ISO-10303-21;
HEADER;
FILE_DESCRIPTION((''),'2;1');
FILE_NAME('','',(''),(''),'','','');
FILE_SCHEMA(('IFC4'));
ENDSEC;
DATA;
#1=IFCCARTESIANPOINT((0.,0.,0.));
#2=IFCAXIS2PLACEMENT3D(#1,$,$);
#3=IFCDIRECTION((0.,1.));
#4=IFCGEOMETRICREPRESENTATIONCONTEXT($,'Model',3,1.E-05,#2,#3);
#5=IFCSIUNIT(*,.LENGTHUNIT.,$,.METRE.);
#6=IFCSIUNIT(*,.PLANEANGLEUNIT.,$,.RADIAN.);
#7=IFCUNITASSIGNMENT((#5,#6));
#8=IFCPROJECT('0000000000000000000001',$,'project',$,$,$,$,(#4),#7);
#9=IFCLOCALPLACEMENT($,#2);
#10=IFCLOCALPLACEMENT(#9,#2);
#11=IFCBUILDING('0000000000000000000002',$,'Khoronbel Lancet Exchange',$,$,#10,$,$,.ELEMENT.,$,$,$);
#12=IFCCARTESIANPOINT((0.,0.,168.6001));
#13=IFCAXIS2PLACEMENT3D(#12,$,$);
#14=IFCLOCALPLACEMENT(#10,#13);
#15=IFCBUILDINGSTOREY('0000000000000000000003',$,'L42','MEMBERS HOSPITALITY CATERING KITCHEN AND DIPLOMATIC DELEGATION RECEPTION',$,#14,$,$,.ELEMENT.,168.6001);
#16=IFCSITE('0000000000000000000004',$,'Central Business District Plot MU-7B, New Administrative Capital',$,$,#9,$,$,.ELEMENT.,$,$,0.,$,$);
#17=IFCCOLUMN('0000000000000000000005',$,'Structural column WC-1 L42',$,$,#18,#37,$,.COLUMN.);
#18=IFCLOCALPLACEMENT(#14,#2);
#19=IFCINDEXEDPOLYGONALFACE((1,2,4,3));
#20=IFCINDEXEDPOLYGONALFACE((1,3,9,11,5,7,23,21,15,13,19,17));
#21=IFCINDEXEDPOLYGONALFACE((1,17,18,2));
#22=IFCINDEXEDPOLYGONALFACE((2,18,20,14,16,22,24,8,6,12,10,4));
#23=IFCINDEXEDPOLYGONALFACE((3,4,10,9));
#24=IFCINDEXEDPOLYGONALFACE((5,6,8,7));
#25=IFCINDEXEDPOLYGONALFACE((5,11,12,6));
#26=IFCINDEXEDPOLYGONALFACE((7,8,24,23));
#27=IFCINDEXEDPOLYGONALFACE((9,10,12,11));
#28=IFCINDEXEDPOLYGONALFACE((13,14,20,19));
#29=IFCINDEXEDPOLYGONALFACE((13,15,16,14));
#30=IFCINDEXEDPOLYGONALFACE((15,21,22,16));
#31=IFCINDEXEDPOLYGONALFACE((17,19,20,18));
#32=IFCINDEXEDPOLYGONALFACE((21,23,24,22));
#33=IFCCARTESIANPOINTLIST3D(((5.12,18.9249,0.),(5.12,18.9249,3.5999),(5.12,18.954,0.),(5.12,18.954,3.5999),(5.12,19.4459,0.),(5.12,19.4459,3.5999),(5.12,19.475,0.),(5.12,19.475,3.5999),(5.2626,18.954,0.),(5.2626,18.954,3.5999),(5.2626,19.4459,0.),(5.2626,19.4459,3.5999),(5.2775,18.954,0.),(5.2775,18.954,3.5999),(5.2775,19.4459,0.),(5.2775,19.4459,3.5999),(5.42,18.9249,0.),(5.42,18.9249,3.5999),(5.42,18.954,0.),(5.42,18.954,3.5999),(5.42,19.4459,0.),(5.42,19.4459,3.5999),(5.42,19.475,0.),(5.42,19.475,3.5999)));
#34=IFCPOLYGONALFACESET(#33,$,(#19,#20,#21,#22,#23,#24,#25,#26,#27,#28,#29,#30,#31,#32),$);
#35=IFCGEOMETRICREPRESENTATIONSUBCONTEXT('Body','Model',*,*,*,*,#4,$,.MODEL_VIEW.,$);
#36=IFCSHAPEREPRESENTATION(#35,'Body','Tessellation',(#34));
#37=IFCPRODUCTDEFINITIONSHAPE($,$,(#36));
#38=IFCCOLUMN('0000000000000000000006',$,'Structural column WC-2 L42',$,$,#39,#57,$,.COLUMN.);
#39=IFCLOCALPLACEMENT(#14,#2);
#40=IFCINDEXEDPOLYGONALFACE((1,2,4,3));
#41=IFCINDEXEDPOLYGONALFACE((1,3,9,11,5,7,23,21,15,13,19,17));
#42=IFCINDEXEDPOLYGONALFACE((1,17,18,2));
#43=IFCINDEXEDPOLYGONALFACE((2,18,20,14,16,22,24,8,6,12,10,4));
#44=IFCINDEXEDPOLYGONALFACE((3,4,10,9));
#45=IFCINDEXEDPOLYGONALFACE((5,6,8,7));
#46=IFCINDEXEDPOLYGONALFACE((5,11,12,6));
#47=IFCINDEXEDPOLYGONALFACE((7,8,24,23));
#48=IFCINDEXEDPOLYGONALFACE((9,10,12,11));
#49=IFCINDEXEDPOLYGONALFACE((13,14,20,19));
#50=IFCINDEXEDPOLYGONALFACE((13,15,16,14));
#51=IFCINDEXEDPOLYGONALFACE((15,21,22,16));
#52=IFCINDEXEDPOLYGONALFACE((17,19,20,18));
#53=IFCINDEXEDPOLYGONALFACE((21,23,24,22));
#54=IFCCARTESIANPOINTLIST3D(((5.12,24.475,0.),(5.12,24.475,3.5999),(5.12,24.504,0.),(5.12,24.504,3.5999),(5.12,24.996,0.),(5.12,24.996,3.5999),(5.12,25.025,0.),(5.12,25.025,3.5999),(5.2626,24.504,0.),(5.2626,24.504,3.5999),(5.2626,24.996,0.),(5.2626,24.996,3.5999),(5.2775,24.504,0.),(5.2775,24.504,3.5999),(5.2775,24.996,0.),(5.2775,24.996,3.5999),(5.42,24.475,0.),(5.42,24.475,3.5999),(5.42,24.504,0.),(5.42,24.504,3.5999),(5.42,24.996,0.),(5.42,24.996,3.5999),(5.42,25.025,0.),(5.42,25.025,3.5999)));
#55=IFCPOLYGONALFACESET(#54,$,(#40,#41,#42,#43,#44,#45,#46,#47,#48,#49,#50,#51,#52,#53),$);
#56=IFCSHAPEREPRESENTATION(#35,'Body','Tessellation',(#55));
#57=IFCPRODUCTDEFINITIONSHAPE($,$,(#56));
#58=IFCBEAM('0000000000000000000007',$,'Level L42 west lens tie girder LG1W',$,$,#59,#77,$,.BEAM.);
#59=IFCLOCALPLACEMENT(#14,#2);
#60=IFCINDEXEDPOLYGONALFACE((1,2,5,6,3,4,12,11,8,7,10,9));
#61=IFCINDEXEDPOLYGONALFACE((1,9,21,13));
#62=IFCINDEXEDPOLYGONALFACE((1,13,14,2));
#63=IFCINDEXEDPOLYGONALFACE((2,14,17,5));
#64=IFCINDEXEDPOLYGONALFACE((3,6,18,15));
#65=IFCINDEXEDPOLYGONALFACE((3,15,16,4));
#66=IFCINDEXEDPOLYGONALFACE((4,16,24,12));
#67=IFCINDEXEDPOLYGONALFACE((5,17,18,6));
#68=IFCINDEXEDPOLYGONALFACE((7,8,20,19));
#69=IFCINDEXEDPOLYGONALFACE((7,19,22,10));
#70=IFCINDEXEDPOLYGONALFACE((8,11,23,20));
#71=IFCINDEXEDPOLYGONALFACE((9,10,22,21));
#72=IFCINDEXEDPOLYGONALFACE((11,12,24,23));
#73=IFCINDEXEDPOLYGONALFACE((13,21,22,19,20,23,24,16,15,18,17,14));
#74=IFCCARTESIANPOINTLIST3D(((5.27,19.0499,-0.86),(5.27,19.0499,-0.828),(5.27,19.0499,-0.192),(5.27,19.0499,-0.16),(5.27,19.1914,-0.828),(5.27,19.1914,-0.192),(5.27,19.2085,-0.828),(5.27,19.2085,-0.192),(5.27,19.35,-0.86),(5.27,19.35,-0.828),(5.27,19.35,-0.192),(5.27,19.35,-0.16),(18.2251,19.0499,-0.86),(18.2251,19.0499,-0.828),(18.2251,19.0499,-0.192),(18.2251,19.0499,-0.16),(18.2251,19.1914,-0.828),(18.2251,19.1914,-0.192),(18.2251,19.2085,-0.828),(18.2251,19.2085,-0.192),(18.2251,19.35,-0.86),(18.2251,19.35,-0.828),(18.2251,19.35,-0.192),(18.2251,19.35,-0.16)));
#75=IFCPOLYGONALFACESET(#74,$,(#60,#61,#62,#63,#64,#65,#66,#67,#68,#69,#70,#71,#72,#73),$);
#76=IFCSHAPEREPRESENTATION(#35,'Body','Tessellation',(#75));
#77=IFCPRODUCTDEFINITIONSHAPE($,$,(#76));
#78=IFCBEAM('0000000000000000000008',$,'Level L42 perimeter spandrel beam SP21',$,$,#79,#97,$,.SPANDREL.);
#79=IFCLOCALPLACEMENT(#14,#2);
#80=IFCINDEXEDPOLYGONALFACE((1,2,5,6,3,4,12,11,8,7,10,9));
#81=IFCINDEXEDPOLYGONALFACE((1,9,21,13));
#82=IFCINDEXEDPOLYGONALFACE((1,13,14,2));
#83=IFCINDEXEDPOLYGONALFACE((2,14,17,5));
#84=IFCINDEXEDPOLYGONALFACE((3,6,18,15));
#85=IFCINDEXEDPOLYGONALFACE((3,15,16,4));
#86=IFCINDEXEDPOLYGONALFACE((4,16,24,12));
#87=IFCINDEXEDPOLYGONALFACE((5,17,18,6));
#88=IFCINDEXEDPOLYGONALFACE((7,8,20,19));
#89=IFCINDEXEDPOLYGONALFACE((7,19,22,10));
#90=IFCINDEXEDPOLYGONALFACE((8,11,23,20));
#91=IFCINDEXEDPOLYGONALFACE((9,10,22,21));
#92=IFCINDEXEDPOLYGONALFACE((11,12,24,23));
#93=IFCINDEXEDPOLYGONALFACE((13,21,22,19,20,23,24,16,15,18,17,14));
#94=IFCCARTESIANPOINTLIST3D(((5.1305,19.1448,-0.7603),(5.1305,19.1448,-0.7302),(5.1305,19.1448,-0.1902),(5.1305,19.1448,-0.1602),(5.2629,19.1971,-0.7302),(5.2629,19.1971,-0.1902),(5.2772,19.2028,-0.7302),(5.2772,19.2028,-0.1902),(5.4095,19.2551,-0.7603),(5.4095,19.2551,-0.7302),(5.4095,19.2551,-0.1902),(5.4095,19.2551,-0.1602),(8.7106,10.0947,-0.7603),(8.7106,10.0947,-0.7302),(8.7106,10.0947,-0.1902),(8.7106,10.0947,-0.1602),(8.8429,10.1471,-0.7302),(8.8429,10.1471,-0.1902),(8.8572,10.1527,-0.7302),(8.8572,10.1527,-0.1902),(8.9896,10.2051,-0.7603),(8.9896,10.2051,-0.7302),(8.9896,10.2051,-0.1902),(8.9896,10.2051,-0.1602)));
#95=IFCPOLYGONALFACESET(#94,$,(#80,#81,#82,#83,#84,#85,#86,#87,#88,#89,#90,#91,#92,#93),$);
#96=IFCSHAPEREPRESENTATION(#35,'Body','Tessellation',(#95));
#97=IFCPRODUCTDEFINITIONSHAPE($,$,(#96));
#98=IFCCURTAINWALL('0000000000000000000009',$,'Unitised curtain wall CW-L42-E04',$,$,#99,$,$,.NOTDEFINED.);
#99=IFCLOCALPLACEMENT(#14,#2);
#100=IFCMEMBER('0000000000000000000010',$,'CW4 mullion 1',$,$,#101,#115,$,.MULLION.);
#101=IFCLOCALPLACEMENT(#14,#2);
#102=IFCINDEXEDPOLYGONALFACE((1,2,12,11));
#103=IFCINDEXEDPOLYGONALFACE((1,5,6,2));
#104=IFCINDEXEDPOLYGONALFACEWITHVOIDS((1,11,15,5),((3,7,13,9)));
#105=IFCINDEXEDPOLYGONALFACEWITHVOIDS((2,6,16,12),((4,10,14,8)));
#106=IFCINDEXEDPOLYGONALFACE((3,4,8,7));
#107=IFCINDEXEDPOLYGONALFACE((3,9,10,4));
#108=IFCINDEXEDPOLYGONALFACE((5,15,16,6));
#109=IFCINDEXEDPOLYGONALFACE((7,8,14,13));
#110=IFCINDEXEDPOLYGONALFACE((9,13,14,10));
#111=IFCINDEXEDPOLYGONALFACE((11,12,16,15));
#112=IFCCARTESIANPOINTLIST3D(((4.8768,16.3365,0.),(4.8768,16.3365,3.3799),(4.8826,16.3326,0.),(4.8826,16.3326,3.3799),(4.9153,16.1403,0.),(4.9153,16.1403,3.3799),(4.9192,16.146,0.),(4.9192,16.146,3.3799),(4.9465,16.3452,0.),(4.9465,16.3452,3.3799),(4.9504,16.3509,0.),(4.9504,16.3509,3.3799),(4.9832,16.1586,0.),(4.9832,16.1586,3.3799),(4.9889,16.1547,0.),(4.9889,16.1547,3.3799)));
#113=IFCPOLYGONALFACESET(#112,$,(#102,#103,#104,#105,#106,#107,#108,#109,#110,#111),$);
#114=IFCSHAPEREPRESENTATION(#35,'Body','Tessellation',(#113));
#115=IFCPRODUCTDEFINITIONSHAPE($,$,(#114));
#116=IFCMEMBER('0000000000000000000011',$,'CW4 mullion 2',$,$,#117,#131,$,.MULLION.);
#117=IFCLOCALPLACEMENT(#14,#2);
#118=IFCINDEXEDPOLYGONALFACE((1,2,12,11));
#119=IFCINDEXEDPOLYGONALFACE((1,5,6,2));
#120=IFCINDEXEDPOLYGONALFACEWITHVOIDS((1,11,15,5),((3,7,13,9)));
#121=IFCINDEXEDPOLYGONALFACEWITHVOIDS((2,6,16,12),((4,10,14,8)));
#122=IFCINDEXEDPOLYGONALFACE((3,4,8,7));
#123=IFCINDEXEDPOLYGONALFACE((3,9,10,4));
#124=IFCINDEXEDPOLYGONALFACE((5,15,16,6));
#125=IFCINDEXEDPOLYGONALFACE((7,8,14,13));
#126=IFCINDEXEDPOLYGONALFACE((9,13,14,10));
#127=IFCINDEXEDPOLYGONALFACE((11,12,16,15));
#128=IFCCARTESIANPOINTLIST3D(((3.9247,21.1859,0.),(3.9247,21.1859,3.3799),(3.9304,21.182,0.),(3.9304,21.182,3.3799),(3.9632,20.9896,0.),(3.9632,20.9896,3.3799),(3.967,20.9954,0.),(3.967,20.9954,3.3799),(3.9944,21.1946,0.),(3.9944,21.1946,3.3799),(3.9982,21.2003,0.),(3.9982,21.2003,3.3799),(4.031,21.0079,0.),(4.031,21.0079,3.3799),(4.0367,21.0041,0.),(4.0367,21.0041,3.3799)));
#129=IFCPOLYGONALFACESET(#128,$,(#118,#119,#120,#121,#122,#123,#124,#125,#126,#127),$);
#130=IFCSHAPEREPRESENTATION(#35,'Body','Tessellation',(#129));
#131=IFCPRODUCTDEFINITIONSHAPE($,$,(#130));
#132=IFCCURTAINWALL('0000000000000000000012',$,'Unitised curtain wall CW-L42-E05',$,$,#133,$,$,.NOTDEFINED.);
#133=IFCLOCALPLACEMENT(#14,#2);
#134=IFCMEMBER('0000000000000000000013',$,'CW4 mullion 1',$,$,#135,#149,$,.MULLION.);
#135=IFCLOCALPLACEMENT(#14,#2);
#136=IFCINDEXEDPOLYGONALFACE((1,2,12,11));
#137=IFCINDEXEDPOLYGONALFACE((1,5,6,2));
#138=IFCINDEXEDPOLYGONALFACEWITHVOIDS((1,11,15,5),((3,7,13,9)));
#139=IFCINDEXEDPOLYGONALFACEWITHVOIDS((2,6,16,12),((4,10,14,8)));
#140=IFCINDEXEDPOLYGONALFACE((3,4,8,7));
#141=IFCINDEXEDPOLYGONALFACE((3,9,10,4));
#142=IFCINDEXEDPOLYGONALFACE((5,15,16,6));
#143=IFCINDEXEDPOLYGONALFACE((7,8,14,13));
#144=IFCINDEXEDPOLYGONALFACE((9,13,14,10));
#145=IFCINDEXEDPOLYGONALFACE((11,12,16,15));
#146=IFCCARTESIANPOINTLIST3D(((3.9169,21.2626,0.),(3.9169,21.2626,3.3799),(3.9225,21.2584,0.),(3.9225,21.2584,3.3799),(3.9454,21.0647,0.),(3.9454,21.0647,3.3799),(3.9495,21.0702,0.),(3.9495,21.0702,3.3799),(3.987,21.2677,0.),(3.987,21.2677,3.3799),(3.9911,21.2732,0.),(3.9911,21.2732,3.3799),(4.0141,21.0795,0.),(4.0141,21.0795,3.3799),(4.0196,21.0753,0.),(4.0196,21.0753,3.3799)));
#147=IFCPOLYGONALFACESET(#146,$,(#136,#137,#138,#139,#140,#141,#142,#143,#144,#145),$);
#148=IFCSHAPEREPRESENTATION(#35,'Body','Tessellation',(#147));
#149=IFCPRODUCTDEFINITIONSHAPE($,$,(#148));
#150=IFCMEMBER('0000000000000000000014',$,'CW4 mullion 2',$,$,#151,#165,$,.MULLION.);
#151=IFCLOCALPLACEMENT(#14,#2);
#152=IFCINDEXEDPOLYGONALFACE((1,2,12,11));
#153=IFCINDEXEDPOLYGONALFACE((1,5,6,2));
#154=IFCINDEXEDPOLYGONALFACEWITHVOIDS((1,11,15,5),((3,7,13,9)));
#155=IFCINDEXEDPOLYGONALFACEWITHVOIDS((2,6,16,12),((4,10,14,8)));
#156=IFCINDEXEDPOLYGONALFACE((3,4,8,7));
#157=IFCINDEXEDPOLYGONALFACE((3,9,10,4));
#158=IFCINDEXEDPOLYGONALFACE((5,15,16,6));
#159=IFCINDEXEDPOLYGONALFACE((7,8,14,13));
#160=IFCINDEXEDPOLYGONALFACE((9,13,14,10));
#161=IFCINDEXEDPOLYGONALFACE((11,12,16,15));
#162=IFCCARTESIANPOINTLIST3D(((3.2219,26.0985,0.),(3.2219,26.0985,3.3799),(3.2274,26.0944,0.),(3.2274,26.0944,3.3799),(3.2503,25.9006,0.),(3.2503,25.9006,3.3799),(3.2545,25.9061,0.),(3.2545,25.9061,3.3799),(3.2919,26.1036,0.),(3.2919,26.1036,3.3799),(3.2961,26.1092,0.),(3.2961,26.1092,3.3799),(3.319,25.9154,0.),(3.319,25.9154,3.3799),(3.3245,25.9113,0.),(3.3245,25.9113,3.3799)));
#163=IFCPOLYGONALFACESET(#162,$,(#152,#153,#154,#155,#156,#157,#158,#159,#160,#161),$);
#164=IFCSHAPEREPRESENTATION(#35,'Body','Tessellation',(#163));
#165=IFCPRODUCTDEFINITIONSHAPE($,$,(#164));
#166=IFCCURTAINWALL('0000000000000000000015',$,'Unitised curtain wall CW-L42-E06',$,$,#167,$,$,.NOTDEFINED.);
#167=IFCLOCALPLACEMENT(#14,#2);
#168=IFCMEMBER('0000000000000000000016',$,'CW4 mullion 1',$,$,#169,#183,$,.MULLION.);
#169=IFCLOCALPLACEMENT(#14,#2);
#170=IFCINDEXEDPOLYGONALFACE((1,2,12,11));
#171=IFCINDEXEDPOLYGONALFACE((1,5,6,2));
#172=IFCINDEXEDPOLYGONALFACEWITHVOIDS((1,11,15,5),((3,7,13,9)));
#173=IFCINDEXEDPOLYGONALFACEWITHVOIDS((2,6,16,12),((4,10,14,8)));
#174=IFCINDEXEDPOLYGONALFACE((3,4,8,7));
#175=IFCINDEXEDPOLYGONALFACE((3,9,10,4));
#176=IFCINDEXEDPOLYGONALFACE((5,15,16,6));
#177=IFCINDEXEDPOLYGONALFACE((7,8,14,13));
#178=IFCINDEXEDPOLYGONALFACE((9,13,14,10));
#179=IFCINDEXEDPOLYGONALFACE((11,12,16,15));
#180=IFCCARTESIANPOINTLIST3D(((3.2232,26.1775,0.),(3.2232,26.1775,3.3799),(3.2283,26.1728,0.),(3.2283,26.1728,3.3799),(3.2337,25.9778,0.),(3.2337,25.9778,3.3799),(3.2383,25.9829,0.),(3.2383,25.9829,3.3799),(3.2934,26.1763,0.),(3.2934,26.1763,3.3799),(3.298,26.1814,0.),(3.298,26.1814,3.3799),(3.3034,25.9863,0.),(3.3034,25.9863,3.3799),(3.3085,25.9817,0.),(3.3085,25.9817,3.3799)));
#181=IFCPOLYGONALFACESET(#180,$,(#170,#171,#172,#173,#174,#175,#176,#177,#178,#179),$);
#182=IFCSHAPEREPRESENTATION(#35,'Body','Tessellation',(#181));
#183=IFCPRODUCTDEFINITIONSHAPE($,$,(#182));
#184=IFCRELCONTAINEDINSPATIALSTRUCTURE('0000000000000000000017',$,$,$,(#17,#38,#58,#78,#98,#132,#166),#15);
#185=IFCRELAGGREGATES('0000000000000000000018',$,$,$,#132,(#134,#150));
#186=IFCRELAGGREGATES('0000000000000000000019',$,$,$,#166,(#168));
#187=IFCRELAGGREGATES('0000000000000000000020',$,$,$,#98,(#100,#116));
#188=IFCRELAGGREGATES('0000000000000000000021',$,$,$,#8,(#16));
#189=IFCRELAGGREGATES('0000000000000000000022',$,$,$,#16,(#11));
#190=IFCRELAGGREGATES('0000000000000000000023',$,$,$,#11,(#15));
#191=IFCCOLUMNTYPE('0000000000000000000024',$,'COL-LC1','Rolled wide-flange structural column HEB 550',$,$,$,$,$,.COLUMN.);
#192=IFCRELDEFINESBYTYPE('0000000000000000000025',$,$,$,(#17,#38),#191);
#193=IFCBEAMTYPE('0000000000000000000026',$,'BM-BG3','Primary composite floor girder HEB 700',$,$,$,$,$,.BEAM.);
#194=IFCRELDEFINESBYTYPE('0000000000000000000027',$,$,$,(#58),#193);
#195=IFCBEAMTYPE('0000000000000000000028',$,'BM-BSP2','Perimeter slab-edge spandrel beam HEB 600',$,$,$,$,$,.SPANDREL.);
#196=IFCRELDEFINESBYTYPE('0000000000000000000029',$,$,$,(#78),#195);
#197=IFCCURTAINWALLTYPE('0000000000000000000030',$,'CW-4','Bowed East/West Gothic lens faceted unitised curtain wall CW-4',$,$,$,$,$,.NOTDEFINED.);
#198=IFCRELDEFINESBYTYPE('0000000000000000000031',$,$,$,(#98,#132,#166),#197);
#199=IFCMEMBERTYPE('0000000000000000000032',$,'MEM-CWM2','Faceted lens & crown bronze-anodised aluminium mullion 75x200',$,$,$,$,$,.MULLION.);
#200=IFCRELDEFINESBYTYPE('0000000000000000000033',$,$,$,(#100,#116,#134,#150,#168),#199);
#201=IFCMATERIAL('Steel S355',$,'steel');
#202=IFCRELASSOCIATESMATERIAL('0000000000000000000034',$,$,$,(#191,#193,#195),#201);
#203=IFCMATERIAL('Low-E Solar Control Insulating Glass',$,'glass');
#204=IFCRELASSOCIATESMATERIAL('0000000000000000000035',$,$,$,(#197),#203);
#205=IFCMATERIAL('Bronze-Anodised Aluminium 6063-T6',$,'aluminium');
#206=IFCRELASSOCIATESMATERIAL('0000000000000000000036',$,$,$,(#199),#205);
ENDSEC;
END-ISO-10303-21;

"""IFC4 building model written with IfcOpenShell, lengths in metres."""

from ifc_helpers import new_model, si_unit, direction, frame, origin, origin_2d, place, context, subcontext, project, spatial, hollow_rectangle, i_section, extrude, material, material_profile, profile_set, type_object, element, aggregate, save


model = new_model("IFC4")

# Units and contexts
model_context = context("Model", 3, precision=1e-05, world=origin(), true_north=direction((0.0, 1.0)))
body_context = subcontext(model_context, "Body", "Model", "MODEL_VIEW")
ifc_project = project(units=[si_unit("LENGTHUNIT", "METRE"), si_unit("PLANEANGLEUNIT", "RADIAN")], contexts=[model_context])

# Site, building, storey
site_placement = place(None, origin())
site = spatial("IfcSite", under=ifc_project, at=site_placement, Name="Central Business District Plot MU-7B, New Administrative Capital", CompositionType="ELEMENT", RefElevation=0.0)
building_placement = place(site_placement, origin())
building = spatial("IfcBuilding", under=site, at=building_placement, Name="Khoronbel Lancet Exchange", CompositionType="ELEMENT")
storey_placement = place(building_placement, frame((0.0, 0.0, 168.6001)))
storey = spatial("IfcBuildingStorey", under=building, at=storey_placement, Name="L42", Description="MEMBERS HOSPITALITY CATERING KITCHEN AND DIPLOMATIC DELEGATION RECEPTION", CompositionType="ELEMENT", Elevation=168.6001)

# Columns
ifc_material_1 = material(Name="Steel S355", Category="steel")
ifc_material_profile_1 = material_profile(ifc_material_1, i_section(OverallWidth=0.3, OverallDepth=0.55, WebThickness=0.0149, FlangeThickness=0.0291, at=origin_2d()), Name="HEB 550")
ifc_profile_set_1 = profile_set([ifc_material_profile_1], Name="Steel S355")
column_type = type_object("IfcColumnType", Name="COL-LC1", Description="Rolled wide-flange structural column HEB 550", PredefinedType="COLUMN", material=ifc_profile_set_1)
for number, where, z_axis, x_axis, name in (
    (1, (5.27, 19.2, 0.0), (0.0, 0.0, 1.0), (1.0, 0.0, 0.0), "Structural column WC-1 L42"),
    (2, (5.27, 24.75, 0.0), (0.0, 0.0, 1.0), (1.0, 0.0, 0.0), "Structural column WC-2 L42"),
):
    element("IfcColumn", number, at=place(storey_placement, frame(where, z_axis=z_axis, x_axis=x_axis)), inside=storey, type_object=column_type, Name=name, PredefinedType="COLUMN", context=body_context, shape_type="SweptSolid", body=[
        extrude(i_section(OverallWidth=0.3, OverallDepth=0.55, WebThickness=0.0149, FlangeThickness=0.0291, at=origin_2d()), origin(), (0.0, 0.0, 1.0), 3.5999),
    ])

# Beams
ifc_material_profile_2 = material_profile(ifc_material_1, i_section(OverallWidth=0.3, OverallDepth=0.7, WebThickness=0.0171, FlangeThickness=0.032, at=origin_2d()), Name="HEB 700")
ifc_profile_set_2 = profile_set([ifc_material_profile_2], Name="Steel S355")
beam_type_1 = type_object("IfcBeamType", Name="BM-BG3", Description="Primary composite floor girder HEB 700", PredefinedType="BEAM", material=ifc_profile_set_2)
beam_1_placement = place(storey_placement, frame((5.27, 19.2, -0.51), z_axis=(1.0, 0.0, 0.0), x_axis=(0.0, 1.0, 0.0)))
element("IfcBeam", 3, at=beam_1_placement, inside=storey, type_object=beam_type_1, Name="Level L42 west lens tie girder LG1W", PredefinedType="BEAM", context=body_context, shape_type="SweptSolid", body=[
    extrude(i_section(OverallWidth=0.3, OverallDepth=0.7, WebThickness=0.0171, FlangeThickness=0.032, at=origin_2d()), origin(), (0.0, 0.0, 1.0), 12.9551),
])
ifc_material_profile_3 = material_profile(ifc_material_1, i_section(OverallWidth=0.3, OverallDepth=0.6001, WebThickness=0.0154, FlangeThickness=0.03, at=origin_2d()), Name="HEB 600")
ifc_profile_set_3 = profile_set([ifc_material_profile_3], Name="Steel S355")
beam_type_2 = type_object("IfcBeamType", Name="BM-BSP2", Description="Perimeter slab-edge spandrel beam HEB 600", PredefinedType="SPANDREL", material=ifc_profile_set_3)
beam_2_placement = place(storey_placement, frame((5.27, 19.2, -0.4602), z_axis=(0.36785, -0.929885, 0.0), x_axis=(0.929885, 0.36785, 0.0)))
element("IfcBeam", 4, at=beam_2_placement, inside=storey, type_object=beam_type_2, Name="Level L42 perimeter spandrel beam SP21", PredefinedType="SPANDREL", context=body_context, shape_type="SweptSolid", body=[
    extrude(i_section(OverallWidth=0.3, OverallDepth=0.6001, WebThickness=0.0154, FlangeThickness=0.03, at=origin_2d()), origin(), (0.0, 0.0, 1.0), 9.7324),
])

# Curtain walls, members
ifc_material_2 = material(Name="Low-E Solar Control Insulating Glass", Category="glass")
curtain_wall_type = type_object("IfcCurtainWallType", Name="CW-4", Description="Bowed East/West Gothic lens faceted unitised curtain wall CW-4", PredefinedType="NOTDEFINED", material=ifc_material_2)
curtain_wall_1_placement = place(storey_placement, origin())
curtain_wall_1 = element("IfcCurtainWall", 5, at=curtain_wall_1_placement, inside=storey, type_object=curtain_wall_type, Name="Unitised curtain wall CW-L42-E04", PredefinedType="NOTDEFINED")
ifc_material_3 = material(Name="Bronze-Anodised Aluminium 6063-T6", Category="aluminium")
ifc_material_profile_4 = material_profile(ifc_material_3, hollow_rectangle(XDim=0.075, YDim=0.2, WallThickness=0.0049, at=origin_2d()), Name="ALU MULLION 75x200")
ifc_profile_set_4 = profile_set([ifc_material_profile_4], Name="Bronze-Anodised Aluminium 6063-T6")
member_type_1 = type_object("IfcMemberType", Name="MEM-CWM2", Description="Faceted lens & crown bronze-anodised aluminium mullion 75x200", PredefinedType="MULLION", material=ifc_profile_set_4)
member_1_placement = place(storey_placement, frame((4.9329, 16.2456, 0.0), z_axis=(0.0, 0.0, 1.0), x_axis=(-0.981272, -0.192627, 0.0)))
member_1 = element("IfcMember", 6, at=member_1_placement, type_object=member_type_1, Name="CW4 mullion 1", PredefinedType="MULLION", context=body_context, shape_type="SweptSolid", body=[
    extrude(hollow_rectangle(XDim=0.075, YDim=0.2, WallThickness=0.0049, at=origin_2d()), origin(), (0.0, 0.0, 1.0), 3.3799),
])
member_2_placement = place(storey_placement, frame((3.9807, 21.095, 0.0), z_axis=(0.0, 0.0, 1.0), x_axis=(-0.981272, -0.192627, 0.0)))
member_2 = element("IfcMember", 7, at=member_2_placement, type_object=member_type_1, Name="CW4 mullion 2", PredefinedType="MULLION", context=body_context, shape_type="SweptSolid", body=[
    extrude(hollow_rectangle(XDim=0.075, YDim=0.2, WallThickness=0.0049, at=origin_2d()), origin(), (0.0, 0.0, 1.0), 3.3799),
])
curtain_wall_2_placement = place(storey_placement, origin())
curtain_wall_2 = element("IfcCurtainWall", 8, at=curtain_wall_2_placement, inside=storey, type_object=curtain_wall_type, Name="Unitised curtain wall CW-L42-E05", PredefinedType="NOTDEFINED")
member_3_placement = place(storey_placement, frame((3.9683, 21.1689, 0.0), z_axis=(0.0, 0.0, 1.0), x_axis=(-0.98983, -0.142257, 0.0)))
member_3 = element("IfcMember", 9, at=member_3_placement, type_object=member_type_1, Name="CW4 mullion 1", PredefinedType="MULLION", context=body_context, shape_type="SweptSolid", body=[
    extrude(hollow_rectangle(XDim=0.075, YDim=0.2, WallThickness=0.0049, at=origin_2d()), origin(), (0.0, 0.0, 1.0), 3.3799),
])
member_4_placement = place(storey_placement, frame((3.2732, 26.0049, 0.0), z_axis=(0.0, 0.0, 1.0), x_axis=(-0.98983, -0.142257, 0.0)))
member_4 = element("IfcMember", 10, at=member_4_placement, type_object=member_type_1, Name="CW4 mullion 2", PredefinedType="MULLION", context=body_context, shape_type="SweptSolid", body=[
    extrude(hollow_rectangle(XDim=0.075, YDim=0.2, WallThickness=0.0049, at=origin_2d()), origin(), (0.0, 0.0, 1.0), 3.3799),
])
curtain_wall_3_placement = place(storey_placement, origin())
curtain_wall_3 = element("IfcCurtainWall", 11, at=curtain_wall_3_placement, inside=storey, type_object=curtain_wall_type, Name="Unitised curtain wall CW-L42-E06", PredefinedType="NOTDEFINED")
member_5_placement = place(storey_placement, frame((3.2659, 26.0796, 0.0), z_axis=(0.0, 0.0, 1.0), x_axis=(-0.998619, -0.052536, 0.0)))
member_5 = element("IfcMember", 12, at=member_5_placement, type_object=member_type_1, Name="CW4 mullion 1", PredefinedType="MULLION", context=body_context, shape_type="SweptSolid", body=[
    extrude(hollow_rectangle(XDim=0.075, YDim=0.2, WallThickness=0.0049, at=origin_2d()), origin(), (0.0, 0.0, 1.0), 3.3799),
])

aggregate(curtain_wall_2, [member_3, member_4])
aggregate(curtain_wall_3, [member_5])
aggregate(curtain_wall_1, [member_1, member_2])

save(model, "model.ifc")
